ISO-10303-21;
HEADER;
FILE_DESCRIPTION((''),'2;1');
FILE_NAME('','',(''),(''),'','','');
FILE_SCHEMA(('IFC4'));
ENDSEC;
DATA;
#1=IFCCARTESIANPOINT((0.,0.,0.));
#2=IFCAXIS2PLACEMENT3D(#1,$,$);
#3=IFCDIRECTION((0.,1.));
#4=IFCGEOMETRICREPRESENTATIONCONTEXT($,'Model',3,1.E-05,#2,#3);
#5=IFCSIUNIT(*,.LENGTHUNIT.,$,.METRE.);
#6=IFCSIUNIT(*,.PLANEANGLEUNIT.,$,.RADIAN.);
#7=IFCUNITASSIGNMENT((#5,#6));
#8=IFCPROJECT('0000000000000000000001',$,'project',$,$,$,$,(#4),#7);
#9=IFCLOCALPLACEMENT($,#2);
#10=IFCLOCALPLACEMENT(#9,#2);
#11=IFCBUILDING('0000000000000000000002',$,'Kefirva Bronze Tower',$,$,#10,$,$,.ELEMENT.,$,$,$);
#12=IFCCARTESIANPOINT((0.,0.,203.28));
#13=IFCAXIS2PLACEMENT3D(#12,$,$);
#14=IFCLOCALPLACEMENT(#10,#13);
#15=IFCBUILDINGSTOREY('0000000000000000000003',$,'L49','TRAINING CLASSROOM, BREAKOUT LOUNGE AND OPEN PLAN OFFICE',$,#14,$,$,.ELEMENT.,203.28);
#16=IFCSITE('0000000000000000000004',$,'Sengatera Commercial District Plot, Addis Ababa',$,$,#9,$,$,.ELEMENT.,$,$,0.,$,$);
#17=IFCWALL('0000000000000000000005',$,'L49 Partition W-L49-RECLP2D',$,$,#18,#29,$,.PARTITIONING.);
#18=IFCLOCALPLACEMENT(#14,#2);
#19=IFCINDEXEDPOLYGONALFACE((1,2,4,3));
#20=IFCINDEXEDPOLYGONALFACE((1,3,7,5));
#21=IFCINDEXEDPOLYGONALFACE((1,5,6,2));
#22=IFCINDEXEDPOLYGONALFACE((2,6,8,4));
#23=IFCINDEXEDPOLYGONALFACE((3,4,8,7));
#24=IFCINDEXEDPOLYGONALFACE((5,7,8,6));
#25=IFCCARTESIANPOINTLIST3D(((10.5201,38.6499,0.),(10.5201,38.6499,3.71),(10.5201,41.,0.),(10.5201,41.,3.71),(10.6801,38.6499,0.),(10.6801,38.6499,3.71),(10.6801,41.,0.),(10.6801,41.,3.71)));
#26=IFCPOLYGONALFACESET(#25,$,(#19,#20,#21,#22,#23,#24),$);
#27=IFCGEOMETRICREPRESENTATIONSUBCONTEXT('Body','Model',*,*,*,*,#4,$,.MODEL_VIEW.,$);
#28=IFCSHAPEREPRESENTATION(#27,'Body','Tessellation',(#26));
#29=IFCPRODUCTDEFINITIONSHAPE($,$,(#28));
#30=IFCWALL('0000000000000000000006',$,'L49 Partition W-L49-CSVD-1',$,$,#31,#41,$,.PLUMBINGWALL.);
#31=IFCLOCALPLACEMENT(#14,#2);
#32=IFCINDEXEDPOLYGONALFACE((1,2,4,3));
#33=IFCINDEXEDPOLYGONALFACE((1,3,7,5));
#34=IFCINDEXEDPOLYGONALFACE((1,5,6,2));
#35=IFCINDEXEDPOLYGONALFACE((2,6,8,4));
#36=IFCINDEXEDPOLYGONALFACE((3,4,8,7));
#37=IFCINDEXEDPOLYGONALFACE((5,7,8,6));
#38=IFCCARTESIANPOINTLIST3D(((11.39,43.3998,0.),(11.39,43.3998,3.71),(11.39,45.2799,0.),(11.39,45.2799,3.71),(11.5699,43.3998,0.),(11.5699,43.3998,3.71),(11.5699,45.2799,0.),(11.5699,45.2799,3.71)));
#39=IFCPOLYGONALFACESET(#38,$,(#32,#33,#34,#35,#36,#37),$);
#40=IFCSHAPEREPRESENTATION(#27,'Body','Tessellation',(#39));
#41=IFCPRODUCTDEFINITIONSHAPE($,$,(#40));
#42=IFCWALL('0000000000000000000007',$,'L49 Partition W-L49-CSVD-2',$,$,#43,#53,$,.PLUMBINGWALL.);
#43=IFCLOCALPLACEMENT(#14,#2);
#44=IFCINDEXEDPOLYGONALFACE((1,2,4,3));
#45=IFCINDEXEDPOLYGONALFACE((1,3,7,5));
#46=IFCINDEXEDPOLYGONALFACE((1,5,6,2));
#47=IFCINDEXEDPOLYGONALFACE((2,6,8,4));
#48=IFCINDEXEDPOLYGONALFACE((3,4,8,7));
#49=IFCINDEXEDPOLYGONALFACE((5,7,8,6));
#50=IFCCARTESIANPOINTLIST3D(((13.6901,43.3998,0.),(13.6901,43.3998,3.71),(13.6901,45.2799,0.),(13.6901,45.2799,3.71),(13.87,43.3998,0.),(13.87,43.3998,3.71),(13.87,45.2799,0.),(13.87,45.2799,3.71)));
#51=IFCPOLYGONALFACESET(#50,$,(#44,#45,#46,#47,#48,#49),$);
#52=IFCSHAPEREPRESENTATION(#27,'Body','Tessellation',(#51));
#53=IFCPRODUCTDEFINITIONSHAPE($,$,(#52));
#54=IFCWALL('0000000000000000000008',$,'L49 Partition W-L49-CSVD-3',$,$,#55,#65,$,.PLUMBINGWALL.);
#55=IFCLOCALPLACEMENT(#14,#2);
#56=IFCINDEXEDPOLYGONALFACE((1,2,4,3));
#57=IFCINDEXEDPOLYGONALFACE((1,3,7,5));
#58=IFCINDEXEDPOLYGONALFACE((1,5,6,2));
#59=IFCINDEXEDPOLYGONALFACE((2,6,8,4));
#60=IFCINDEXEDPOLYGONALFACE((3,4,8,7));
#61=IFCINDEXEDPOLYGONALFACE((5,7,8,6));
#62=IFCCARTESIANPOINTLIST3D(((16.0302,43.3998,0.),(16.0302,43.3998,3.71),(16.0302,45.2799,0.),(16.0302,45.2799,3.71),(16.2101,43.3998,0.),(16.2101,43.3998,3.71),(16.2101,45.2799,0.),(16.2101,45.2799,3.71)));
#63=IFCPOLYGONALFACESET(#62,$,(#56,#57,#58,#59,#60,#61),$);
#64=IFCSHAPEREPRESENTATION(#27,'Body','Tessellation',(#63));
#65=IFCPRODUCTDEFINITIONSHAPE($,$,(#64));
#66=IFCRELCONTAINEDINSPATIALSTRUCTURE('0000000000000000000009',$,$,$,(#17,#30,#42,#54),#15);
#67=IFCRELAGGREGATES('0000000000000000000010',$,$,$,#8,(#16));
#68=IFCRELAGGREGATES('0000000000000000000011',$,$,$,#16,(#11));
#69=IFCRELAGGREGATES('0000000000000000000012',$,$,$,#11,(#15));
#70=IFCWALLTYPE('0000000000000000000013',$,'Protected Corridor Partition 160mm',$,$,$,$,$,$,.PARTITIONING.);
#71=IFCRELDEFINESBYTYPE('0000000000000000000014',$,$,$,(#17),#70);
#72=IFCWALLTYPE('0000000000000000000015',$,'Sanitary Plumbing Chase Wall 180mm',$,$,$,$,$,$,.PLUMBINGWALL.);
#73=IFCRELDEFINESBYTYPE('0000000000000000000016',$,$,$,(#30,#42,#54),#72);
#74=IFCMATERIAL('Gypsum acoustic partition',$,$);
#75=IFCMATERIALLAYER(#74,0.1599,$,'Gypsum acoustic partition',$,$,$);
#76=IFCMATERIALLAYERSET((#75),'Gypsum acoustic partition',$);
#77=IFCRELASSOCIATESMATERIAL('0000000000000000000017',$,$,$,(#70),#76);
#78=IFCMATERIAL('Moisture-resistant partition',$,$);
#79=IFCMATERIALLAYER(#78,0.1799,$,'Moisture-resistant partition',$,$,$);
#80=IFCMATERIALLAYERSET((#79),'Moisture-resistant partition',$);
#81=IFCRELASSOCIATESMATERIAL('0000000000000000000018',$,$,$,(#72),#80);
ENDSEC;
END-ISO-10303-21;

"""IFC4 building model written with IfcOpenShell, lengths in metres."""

from ifc_helpers import new_model, si_unit, direction, frame, frame_2d, origin, place, context, subcontext, project, spatial, rectangle, extrude, material, layer, layer_set, type_object, element, save


model = new_model("IFC4")

# Units and contexts
model_context = context("Model", 3, precision=1e-05, world=origin(), true_north=direction((0.0, 1.0)))
body_context = subcontext(model_context, "Body", "Model", "MODEL_VIEW")
ifc_project = project(units=[si_unit("LENGTHUNIT", "METRE"), si_unit("PLANEANGLEUNIT", "RADIAN")], contexts=[model_context])

# Site, building, storey
site_placement = place(None, origin())
site = spatial("IfcSite", under=ifc_project, at=site_placement, Name="Sengatera Commercial District Plot, Addis Ababa", CompositionType="ELEMENT", RefElevation=0.0)
building_placement = place(site_placement, origin())
building = spatial("IfcBuilding", under=site, at=building_placement, Name="Kefirva Bronze Tower", CompositionType="ELEMENT")
storey_placement = place(building_placement, frame((0.0, 0.0, 203.28)))
storey = spatial("IfcBuildingStorey", under=building, at=storey_placement, Name="L49", Description="TRAINING CLASSROOM, BREAKOUT LOUNGE AND OPEN PLAN OFFICE", CompositionType="ELEMENT", Elevation=203.28)

# Shared definitions
ifc_material_1 = material(Name="Gypsum acoustic partition")
ifc_layer_1 = layer(ifc_material_1, 0.1599, Name="Gypsum acoustic partition")
ifc_layer_set_1 = layer_set([ifc_layer_1], Name="Gypsum acoustic partition")
wall_type_1 = type_object("IfcWallType", Name="Protected Corridor Partition 160mm", PredefinedType="PARTITIONING", material=ifc_layer_set_1)

# Walls
wall_1_placement = place(storey_placement, frame((10.6001, 38.6499, 0.0), z_axis=(0.0, 0.0, 1.0), x_axis=(0.0, 1.0, 0.0)))
element("IfcWall", 1, at=wall_1_placement, inside=storey, type_object=wall_type_1, Name="L49 Partition W-L49-RECLP2D", PredefinedType="PARTITIONING", context=body_context, shape_type="SweptSolid", body=[
    extrude(rectangle(XDim=2.3501, YDim=0.1599, at=frame_2d((1.175, 0.0))), origin(), (0.0, 0.0, 1.0), 3.71),
])
ifc_material_2 = material(Name="Moisture-resistant partition")
ifc_layer_2 = layer(ifc_material_2, 0.1799, Name="Moisture-resistant partition")
ifc_layer_set_2 = layer_set([ifc_layer_2], Name="Moisture-resistant partition")
wall_type_2 = type_object("IfcWallType", Name="Sanitary Plumbing Chase Wall 180mm", PredefinedType="PLUMBINGWALL", material=ifc_layer_set_2)
for number, where, z_axis, x_axis, name in (
    (2, (11.48, 43.3999, 0.0), (0.0, 0.0, 1.0), (0.0, 1.0, 0.0), "L49 Partition W-L49-CSVD-1"),
    (3, (13.78, 43.3999, 0.0), (0.0, 0.0, 1.0), (0.0, 1.0, 0.0), "L49 Partition W-L49-CSVD-2"),
    (4, (16.1201, 43.3999, 0.0), (0.0, 0.0, 1.0), (0.0, 1.0, 0.0), "L49 Partition W-L49-CSVD-3"),
):
    element("IfcWall", number, at=place(storey_placement, frame(where, z_axis=z_axis, x_axis=x_axis)), inside=storey, type_object=wall_type_2, Name=name, PredefinedType="PLUMBINGWALL", context=body_context, shape_type="SweptSolid", body=[
        extrude(rectangle(XDim=1.8801, YDim=0.1799, at=frame_2d((0.9399, 0.0))), origin(), (0.0, 0.0, 1.0), 3.71),
    ])

save(model, "model.ifc")
